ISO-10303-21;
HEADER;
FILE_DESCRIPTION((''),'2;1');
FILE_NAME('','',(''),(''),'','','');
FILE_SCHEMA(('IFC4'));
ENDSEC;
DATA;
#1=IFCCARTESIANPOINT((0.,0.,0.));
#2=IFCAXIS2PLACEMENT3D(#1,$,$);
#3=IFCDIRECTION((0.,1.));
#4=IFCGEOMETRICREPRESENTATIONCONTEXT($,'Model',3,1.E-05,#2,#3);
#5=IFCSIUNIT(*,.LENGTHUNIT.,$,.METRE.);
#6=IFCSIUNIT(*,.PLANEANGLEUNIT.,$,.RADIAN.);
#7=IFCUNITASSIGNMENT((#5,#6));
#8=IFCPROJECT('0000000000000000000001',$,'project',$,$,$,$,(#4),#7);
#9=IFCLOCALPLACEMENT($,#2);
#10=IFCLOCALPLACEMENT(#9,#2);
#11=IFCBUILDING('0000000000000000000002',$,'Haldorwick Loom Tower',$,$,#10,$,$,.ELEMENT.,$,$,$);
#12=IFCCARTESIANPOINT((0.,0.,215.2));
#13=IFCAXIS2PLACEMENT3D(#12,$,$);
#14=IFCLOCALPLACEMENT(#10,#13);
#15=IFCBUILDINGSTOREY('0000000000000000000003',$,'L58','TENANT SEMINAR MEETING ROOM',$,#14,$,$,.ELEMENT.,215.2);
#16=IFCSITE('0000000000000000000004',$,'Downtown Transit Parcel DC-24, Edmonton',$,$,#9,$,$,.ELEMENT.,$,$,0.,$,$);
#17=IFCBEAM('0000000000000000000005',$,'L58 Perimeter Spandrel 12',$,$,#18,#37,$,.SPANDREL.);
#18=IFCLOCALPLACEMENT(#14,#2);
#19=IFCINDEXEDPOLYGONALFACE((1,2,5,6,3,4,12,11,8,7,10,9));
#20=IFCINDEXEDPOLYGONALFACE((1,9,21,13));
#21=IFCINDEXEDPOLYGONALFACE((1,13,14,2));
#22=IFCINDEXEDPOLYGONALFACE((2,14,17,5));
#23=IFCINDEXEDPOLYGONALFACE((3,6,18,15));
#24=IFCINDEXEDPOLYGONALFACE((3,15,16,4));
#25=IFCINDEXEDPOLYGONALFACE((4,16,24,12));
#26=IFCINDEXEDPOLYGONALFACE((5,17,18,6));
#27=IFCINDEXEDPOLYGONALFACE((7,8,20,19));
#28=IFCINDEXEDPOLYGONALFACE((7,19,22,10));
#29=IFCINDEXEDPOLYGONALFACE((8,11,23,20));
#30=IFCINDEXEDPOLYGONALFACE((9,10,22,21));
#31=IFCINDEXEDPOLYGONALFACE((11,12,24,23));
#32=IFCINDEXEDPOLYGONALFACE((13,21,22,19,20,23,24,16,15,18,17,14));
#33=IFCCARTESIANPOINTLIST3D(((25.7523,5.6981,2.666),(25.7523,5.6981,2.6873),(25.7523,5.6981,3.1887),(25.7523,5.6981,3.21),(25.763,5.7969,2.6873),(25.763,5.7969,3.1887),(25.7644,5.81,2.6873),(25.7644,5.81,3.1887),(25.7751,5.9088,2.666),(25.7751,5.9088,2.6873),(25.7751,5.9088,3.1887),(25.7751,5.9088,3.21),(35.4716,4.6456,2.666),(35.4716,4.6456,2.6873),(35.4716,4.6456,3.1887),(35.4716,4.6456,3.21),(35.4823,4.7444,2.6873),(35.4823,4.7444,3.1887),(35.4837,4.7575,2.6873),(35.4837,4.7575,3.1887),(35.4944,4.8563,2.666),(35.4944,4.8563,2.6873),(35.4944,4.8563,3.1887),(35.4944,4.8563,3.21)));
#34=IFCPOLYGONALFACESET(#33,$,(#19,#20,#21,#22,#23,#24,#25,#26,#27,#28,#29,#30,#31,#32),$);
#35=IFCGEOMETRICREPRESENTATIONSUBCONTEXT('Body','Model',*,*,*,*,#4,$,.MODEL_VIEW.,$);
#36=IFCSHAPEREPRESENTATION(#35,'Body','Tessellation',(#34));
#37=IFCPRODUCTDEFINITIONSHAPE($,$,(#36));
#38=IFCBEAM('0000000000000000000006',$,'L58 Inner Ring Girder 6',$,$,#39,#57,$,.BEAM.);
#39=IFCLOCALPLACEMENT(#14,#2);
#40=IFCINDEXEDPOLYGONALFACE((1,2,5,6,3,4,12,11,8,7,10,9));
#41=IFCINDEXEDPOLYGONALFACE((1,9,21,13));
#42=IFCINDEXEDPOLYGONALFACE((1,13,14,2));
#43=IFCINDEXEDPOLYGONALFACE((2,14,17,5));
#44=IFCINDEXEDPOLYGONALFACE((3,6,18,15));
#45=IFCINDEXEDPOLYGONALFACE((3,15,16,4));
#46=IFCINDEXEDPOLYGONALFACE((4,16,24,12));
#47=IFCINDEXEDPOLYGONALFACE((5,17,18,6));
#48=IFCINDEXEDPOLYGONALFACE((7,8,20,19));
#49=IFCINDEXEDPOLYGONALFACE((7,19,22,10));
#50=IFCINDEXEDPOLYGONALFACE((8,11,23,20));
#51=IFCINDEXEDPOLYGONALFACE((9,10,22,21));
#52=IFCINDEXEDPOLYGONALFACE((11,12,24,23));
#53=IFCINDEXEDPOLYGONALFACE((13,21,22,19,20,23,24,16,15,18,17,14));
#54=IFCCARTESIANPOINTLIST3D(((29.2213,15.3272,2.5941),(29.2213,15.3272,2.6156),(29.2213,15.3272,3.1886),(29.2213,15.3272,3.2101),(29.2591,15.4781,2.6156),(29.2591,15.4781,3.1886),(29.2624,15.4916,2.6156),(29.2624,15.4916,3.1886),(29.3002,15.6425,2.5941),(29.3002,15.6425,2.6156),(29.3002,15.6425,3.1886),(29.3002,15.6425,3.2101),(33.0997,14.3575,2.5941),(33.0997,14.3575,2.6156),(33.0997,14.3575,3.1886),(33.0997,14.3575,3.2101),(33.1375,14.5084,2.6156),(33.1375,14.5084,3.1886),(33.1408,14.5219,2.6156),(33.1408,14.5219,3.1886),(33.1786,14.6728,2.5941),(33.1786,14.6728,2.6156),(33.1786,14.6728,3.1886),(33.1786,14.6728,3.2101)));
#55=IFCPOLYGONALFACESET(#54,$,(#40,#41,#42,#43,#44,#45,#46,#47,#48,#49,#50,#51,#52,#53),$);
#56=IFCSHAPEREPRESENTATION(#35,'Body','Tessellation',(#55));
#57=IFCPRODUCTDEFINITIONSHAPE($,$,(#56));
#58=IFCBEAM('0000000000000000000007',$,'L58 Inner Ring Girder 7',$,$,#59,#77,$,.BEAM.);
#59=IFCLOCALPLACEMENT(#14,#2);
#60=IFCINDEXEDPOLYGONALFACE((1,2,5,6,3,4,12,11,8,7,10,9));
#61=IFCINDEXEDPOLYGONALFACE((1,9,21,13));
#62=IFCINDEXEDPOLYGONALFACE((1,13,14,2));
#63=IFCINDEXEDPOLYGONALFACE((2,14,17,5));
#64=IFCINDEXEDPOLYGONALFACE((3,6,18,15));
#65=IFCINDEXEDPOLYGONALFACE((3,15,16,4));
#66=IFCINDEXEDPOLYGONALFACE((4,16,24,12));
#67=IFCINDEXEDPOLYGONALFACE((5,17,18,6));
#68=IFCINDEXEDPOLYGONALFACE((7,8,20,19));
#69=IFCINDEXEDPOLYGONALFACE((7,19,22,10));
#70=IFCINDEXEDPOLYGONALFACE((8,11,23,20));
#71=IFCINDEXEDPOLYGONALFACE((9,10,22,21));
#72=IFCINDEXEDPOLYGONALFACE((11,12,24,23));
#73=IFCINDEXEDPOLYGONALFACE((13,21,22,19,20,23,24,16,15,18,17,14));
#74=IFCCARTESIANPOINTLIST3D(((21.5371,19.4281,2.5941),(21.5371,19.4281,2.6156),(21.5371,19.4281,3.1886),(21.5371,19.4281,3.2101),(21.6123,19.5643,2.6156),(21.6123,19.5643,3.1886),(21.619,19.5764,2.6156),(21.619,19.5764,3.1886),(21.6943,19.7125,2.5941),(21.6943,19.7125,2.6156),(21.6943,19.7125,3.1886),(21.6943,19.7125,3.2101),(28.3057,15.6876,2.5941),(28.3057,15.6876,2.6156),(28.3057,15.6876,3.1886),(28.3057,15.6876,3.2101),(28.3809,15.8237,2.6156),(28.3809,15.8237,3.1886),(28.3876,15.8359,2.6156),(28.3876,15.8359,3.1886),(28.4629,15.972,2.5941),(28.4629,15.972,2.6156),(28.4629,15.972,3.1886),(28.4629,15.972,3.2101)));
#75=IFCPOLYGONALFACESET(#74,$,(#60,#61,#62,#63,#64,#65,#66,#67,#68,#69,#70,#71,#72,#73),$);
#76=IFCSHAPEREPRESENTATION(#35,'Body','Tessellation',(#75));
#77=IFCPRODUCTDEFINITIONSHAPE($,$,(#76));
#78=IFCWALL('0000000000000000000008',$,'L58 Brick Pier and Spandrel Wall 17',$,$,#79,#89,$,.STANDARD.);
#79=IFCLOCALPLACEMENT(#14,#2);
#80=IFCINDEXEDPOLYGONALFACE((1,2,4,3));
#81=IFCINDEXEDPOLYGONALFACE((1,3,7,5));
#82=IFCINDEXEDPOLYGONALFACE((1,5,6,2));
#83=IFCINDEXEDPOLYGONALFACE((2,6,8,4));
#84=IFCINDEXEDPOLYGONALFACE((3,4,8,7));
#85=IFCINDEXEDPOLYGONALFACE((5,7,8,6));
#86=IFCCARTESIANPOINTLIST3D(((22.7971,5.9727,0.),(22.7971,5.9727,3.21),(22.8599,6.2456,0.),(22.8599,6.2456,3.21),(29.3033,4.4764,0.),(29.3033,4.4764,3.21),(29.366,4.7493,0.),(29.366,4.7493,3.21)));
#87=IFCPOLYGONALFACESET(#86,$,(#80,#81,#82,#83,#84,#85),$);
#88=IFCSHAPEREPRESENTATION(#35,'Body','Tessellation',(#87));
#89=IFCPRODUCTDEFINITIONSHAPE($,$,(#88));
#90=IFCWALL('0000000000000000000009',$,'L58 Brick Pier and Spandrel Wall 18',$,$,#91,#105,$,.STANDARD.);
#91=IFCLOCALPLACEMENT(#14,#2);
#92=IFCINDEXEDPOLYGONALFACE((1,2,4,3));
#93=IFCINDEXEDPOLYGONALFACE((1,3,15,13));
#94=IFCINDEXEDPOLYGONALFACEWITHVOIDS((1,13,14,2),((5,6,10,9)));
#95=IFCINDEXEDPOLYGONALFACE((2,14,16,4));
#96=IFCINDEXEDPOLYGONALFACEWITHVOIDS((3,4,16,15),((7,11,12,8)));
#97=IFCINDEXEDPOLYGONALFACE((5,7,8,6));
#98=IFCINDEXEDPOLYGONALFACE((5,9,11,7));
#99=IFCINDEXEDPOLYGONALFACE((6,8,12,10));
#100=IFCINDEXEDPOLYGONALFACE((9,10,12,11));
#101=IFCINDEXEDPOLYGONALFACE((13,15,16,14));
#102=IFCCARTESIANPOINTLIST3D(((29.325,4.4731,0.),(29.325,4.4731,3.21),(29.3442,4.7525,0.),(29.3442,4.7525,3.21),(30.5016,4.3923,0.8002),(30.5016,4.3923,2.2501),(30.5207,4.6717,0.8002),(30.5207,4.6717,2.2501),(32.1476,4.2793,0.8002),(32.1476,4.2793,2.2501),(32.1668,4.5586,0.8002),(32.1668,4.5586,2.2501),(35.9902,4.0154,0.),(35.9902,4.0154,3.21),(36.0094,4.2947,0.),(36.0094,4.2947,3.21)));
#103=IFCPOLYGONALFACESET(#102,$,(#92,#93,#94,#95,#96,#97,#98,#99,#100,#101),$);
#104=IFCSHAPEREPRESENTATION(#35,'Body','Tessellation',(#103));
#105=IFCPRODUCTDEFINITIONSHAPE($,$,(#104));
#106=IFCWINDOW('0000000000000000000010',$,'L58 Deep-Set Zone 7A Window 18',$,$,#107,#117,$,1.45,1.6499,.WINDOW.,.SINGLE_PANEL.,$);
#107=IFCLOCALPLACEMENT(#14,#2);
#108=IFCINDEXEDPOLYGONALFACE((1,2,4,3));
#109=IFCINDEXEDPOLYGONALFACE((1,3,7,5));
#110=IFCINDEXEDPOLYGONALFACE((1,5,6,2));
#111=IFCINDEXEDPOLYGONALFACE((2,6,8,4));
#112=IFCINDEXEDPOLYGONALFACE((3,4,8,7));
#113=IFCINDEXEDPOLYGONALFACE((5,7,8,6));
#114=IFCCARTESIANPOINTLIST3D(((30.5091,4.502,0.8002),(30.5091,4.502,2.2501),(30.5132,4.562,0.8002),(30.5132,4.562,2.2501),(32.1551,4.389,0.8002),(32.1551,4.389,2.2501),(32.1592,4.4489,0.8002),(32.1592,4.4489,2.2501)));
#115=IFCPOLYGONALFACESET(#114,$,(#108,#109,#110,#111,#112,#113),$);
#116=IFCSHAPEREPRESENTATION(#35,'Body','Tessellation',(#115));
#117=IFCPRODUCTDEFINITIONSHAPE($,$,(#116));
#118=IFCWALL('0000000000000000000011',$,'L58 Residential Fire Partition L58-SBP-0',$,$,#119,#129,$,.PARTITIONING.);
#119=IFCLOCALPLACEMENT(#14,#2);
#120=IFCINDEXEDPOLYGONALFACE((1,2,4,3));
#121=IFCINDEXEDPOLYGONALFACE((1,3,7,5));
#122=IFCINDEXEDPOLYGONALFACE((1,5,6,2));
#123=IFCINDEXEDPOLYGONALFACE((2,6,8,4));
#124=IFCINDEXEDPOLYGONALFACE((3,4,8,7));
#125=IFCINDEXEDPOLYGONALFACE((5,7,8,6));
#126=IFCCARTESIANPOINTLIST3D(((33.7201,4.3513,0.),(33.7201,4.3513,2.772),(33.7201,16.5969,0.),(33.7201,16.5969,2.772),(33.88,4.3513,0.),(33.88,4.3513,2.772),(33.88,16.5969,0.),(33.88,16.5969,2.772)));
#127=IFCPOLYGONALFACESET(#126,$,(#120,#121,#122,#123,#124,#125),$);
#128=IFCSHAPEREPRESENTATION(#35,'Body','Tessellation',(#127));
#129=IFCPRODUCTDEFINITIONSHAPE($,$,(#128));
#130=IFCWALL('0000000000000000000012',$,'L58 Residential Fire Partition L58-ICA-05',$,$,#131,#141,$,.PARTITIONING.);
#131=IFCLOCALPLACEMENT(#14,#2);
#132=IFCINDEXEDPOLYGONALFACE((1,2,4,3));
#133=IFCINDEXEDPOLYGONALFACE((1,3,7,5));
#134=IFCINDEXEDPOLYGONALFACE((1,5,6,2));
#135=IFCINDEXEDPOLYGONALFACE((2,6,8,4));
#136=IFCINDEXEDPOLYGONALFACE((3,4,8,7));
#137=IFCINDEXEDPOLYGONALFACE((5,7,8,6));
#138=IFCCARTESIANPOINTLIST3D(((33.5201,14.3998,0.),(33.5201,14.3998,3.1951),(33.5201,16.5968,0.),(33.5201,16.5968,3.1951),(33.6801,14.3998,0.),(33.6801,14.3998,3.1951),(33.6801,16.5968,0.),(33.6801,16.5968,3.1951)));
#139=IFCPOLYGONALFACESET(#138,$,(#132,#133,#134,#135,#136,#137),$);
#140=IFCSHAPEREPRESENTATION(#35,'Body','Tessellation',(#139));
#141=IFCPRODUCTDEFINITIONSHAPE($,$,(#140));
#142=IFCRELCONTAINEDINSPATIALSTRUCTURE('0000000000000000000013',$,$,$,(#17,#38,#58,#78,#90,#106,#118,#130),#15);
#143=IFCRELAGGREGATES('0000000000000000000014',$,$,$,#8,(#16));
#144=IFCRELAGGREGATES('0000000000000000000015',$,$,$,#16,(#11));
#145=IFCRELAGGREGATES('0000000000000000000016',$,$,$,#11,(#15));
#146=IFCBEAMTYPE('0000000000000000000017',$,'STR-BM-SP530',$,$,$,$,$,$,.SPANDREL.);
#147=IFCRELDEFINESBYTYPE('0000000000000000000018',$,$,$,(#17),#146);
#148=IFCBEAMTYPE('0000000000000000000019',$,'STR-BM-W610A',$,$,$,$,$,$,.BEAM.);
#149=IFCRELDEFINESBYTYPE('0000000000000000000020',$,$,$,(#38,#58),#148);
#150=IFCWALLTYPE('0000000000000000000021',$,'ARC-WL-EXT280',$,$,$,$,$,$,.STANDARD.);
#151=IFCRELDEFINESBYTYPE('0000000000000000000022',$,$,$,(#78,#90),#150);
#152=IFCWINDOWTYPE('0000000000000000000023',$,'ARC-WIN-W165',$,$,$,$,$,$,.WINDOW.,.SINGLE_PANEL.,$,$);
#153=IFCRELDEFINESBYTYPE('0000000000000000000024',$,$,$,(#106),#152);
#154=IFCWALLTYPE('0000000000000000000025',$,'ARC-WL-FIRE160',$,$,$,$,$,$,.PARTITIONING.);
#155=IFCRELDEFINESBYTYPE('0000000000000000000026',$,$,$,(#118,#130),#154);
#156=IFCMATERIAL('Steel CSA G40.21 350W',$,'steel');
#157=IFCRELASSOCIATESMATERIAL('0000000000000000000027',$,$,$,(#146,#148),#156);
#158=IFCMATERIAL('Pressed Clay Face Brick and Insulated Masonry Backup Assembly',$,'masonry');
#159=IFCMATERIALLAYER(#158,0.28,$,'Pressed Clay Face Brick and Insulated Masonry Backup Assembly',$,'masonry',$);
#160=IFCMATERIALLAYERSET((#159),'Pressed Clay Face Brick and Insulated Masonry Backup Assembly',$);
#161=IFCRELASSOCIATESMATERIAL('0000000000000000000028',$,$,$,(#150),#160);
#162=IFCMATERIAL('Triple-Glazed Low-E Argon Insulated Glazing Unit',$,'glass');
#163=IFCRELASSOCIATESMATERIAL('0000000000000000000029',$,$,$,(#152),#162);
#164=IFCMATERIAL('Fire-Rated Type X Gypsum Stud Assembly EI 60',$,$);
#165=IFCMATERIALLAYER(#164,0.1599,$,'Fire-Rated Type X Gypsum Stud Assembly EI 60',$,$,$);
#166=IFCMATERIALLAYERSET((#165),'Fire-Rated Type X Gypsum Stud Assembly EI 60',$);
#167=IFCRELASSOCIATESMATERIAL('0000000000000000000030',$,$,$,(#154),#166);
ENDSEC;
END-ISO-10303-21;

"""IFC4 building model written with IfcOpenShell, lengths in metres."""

from ifc_helpers import new_model, si_unit, direction, frame, frame_2d, origin, origin_2d, place, context, subcontext, project, spatial, rectangle, i_section, extrude, material, layer, layer_set, material_profile, profile_set, type_object, element, fill, save


model = new_model("IFC4")

# Units and contexts
model_context = context("Model", 3, precision=1e-05, world=origin(), true_north=direction((0.0, 1.0)))
body_context = subcontext(model_context, "Body", "Model", "MODEL_VIEW")
ifc_project = project(units=[si_unit("LENGTHUNIT", "METRE"), si_unit("PLANEANGLEUNIT", "RADIAN")], contexts=[model_context])

# Site, building, storey
site_placement = place(None, origin())
site = spatial("IfcSite", under=ifc_project, at=site_placement, Name="Downtown Transit Parcel DC-24, Edmonton", CompositionType="ELEMENT", RefElevation=0.0)
building_placement = place(site_placement, origin())
building = spatial("IfcBuilding", under=site, at=building_placement, Name="Haldorwick Loom Tower", CompositionType="ELEMENT")
storey_placement = place(building_placement, frame((0.0, 0.0, 215.2)))
storey = spatial("IfcBuildingStorey", under=building, at=storey_placement, Name="L58", Description="TENANT SEMINAR MEETING ROOM", CompositionType="ELEMENT", Elevation=215.2)

# Beams
ifc_material_1 = material(Name="Steel CSA G40.21 350W", Category="steel")
ifc_material_profile_1 = material_profile(ifc_material_1, i_section(OverallWidth=0.2119, OverallDepth=0.5439, WebThickness=0.0132, FlangeThickness=0.0212, at=origin_2d()), Name="W530X123", Category="steel")
ifc_profile_set_1 = profile_set([ifc_material_profile_1], Name="Steel CSA G40.21 350W")
beam_type_1 = type_object("IfcBeamType", Name="STR-BM-SP530", PredefinedType="SPANDREL", material=ifc_profile_set_1)
beam_1_placement = place(storey_placement, frame((25.7637, 5.8035, 2.938), z_axis=(0.994188, -0.10766, 0.0), x_axis=(0.10766, 0.994188, 0.0)))
element("IfcBeam", 1, at=beam_1_placement, inside=storey, type_object=beam_type_1, Name="L58 Perimeter Spandrel 12", PredefinedType="SPANDREL", context=body_context, shape_type="SweptSolid", body=[
    extrude(i_section(OverallWidth=0.2119, OverallDepth=0.5439, WebThickness=0.0132, FlangeThickness=0.0212, at=origin_2d()), origin(), (0.0, 0.0, 1.0), 9.7761),
])
ifc_material_profile_2 = material_profile(ifc_material_1, i_section(OverallWidth=0.325, OverallDepth=0.616, WebThickness=0.0139, FlangeThickness=0.0215, at=origin_2d()), Name="W610X174", Category="steel")
ifc_profile_set_2 = profile_set([ifc_material_profile_2], Name="Steel CSA G40.21 350W")
beam_type_2 = type_object("IfcBeamType", Name="STR-BM-W610A", PredefinedType="BEAM", material=ifc_profile_set_2)
beam_2_placement = place(storey_placement, frame((33.1392, 14.5151, 2.9021), z_axis=(-0.970135, 0.242564, 0.0), x_axis=(-0.242564, -0.970135, 0.0)))
element("IfcBeam", 2, at=beam_2_placement, inside=storey, type_object=beam_type_2, Name="L58 Inner Ring Girder 6", PredefinedType="BEAM", context=body_context, shape_type="SweptSolid", body=[
    extrude(i_section(OverallWidth=0.325, OverallDepth=0.616, WebThickness=0.0139, FlangeThickness=0.0215, at=origin_2d()), origin(), (0.0, 0.0, 1.0), 3.9978),
])
beam_3_placement = place(storey_placement, frame((28.3843, 15.8298, 2.9021), z_axis=(-0.875244, 0.483682, 0.0), x_axis=(-0.483682, -0.875244, 0.0)))
element("IfcBeam", 3, at=beam_3_placement, inside=storey, type_object=beam_type_2, Name="L58 Inner Ring Girder 7", PredefinedType="BEAM", context=body_context, shape_type="SweptSolid", body=[
    extrude(i_section(OverallWidth=0.325, OverallDepth=0.616, WebThickness=0.0139, FlangeThickness=0.0215, at=origin_2d()), origin(), (0.0, 0.0, 1.0), 7.7334),
])

# Wall
ifc_material_2 = material(Name="Pressed Clay Face Brick and Insulated Masonry Backup Assembly", Category="masonry")
ifc_layer_1 = layer(ifc_material_2, 0.28, Name="Pressed Clay Face Brick and Insulated Masonry Backup Assembly", Category="masonry")
ifc_layer_set_1 = layer_set([ifc_layer_1], Name="Pressed Clay Face Brick and Insulated Masonry Backup Assembly")
wall_type_1 = type_object("IfcWallType", Name="ARC-WL-EXT280", PredefinedType="STANDARD", material=ifc_layer_set_1)
wall_1_placement = place(storey_placement, frame((22.8286, 6.1091, 0.0), z_axis=(0.0, 0.0, 1.0), x_axis=(0.974557, -0.224138, 0.0)))
element("IfcWall", 4, at=wall_1_placement, inside=storey, type_object=wall_type_1, Name="L58 Brick Pier and Spandrel Wall 17", PredefinedType="STANDARD", context=body_context, shape_type="SweptSolid", body=[
    extrude(rectangle(XDim=6.676, YDim=0.28, at=frame_2d((3.3379, 0.0))), origin(), (0.0, 0.0, 1.0), 3.21),
])

# Wall, opening, window
wall_2_placement = place(storey_placement, frame((29.3347, 4.6128, 0.0), z_axis=(0.0, 0.0, 1.0), x_axis=(0.99765, -0.068517, 0.0)))
wall_2 = element("IfcWall", 5, at=wall_2_placement, inside=storey, type_object=wall_type_1, Name="L58 Brick Pier and Spandrel Wall 18", PredefinedType="STANDARD", context=body_context, shape_type="SweptSolid", body=[
    extrude(rectangle(XDim=6.6809, YDim=0.28, at=frame_2d((3.3403, 0.0))), origin(), (0.0, 0.0, 1.0), 3.21),
])
opening_placement = place(wall_2_placement, frame((1.1792, 0.0, 0.8)))
opening = element("IfcOpeningElement", 6, at=opening_placement, cuts=wall_2, PredefinedType="OPENING", context=body_context, shape_type="SweptSolid", body=[
    extrude(rectangle(XDim=1.6499, YDim=1.45, at=frame_2d((0.825, 0.7251))), frame((0.0, 0.1499, 0.0), z_axis=(0.0, -1.0, 0.0), x_axis=(1.0, 0.0, 0.0)), (0.0, 0.0, 1.0), 0.3),
])
ifc_material_3 = material(Name="Triple-Glazed Low-E Argon Insulated Glazing Unit", Category="glass")
window_type = type_object("IfcWindowType", Name="ARC-WIN-W165", PartitioningType="SINGLE_PANEL", PredefinedType="WINDOW", material=ifc_material_3)
window_placement = place(opening_placement, origin())
window = element("IfcWindow", 7, at=window_placement, inside=storey, type_object=window_type, Name="L58 Deep-Set Zone 7A Window 18", OverallHeight=1.45, OverallWidth=1.6499, PartitioningType="SINGLE_PANEL", PredefinedType="WINDOW", context=body_context, shape_type="SweptSolid", body=[
    extrude(rectangle(XDim=1.6499, YDim=1.45, at=frame_2d((0.825, 0.7251))), frame((0.0, 0.03, 0.0), z_axis=(0.0, -1.0, 0.0), x_axis=(1.0, 0.0, 0.0)), (0.0, 0.0, 1.0), 0.0601),
])
fill(opening, window)

# Walls
ifc_material_4 = material(Name="Fire-Rated Type X Gypsum Stud Assembly EI 60")
ifc_layer_2 = layer(ifc_material_4, 0.1599, Name="Fire-Rated Type X Gypsum Stud Assembly EI 60")
ifc_layer_set_2 = layer_set([ifc_layer_2], Name="Fire-Rated Type X Gypsum Stud Assembly EI 60")
wall_type_2 = type_object("IfcWallType", Name="ARC-WL-FIRE160", PredefinedType="PARTITIONING", material=ifc_layer_set_2)
wall_3_placement = place(storey_placement, frame((33.8, 4.3513, 0.0), z_axis=(0.0, 0.0, 1.0), x_axis=(0.0, 1.0, 0.0)))
element("IfcWall", 8, at=wall_3_placement, inside=storey, type_object=wall_type_2, Name="L58 Residential Fire Partition L58-SBP-0", PredefinedType="PARTITIONING", context=body_context, shape_type="SweptSolid", body=[
    extrude(rectangle(XDim=12.2456, YDim=0.1599, at=frame_2d((6.1228, 0.0))), origin(), (0.0, 0.0, 1.0), 2.772),
])
wall_4_placement = place(storey_placement, frame((33.6001, 16.5969, 0.0), z_axis=(0.0, 0.0, 1.0), x_axis=(0.0, -1.0, 0.0)))
element("IfcWall", 9, at=wall_4_placement, inside=storey, type_object=wall_type_2, Name="L58 Residential Fire Partition L58-ICA-05", PredefinedType="PARTITIONING", context=body_context, shape_type="SweptSolid", body=[
    extrude(rectangle(XDim=2.197, YDim=0.1599, at=frame_2d((1.0986, 0.0))), origin(), (0.0, 0.0, 1.0), 3.1951),
])

save(model, "model.ifc")
